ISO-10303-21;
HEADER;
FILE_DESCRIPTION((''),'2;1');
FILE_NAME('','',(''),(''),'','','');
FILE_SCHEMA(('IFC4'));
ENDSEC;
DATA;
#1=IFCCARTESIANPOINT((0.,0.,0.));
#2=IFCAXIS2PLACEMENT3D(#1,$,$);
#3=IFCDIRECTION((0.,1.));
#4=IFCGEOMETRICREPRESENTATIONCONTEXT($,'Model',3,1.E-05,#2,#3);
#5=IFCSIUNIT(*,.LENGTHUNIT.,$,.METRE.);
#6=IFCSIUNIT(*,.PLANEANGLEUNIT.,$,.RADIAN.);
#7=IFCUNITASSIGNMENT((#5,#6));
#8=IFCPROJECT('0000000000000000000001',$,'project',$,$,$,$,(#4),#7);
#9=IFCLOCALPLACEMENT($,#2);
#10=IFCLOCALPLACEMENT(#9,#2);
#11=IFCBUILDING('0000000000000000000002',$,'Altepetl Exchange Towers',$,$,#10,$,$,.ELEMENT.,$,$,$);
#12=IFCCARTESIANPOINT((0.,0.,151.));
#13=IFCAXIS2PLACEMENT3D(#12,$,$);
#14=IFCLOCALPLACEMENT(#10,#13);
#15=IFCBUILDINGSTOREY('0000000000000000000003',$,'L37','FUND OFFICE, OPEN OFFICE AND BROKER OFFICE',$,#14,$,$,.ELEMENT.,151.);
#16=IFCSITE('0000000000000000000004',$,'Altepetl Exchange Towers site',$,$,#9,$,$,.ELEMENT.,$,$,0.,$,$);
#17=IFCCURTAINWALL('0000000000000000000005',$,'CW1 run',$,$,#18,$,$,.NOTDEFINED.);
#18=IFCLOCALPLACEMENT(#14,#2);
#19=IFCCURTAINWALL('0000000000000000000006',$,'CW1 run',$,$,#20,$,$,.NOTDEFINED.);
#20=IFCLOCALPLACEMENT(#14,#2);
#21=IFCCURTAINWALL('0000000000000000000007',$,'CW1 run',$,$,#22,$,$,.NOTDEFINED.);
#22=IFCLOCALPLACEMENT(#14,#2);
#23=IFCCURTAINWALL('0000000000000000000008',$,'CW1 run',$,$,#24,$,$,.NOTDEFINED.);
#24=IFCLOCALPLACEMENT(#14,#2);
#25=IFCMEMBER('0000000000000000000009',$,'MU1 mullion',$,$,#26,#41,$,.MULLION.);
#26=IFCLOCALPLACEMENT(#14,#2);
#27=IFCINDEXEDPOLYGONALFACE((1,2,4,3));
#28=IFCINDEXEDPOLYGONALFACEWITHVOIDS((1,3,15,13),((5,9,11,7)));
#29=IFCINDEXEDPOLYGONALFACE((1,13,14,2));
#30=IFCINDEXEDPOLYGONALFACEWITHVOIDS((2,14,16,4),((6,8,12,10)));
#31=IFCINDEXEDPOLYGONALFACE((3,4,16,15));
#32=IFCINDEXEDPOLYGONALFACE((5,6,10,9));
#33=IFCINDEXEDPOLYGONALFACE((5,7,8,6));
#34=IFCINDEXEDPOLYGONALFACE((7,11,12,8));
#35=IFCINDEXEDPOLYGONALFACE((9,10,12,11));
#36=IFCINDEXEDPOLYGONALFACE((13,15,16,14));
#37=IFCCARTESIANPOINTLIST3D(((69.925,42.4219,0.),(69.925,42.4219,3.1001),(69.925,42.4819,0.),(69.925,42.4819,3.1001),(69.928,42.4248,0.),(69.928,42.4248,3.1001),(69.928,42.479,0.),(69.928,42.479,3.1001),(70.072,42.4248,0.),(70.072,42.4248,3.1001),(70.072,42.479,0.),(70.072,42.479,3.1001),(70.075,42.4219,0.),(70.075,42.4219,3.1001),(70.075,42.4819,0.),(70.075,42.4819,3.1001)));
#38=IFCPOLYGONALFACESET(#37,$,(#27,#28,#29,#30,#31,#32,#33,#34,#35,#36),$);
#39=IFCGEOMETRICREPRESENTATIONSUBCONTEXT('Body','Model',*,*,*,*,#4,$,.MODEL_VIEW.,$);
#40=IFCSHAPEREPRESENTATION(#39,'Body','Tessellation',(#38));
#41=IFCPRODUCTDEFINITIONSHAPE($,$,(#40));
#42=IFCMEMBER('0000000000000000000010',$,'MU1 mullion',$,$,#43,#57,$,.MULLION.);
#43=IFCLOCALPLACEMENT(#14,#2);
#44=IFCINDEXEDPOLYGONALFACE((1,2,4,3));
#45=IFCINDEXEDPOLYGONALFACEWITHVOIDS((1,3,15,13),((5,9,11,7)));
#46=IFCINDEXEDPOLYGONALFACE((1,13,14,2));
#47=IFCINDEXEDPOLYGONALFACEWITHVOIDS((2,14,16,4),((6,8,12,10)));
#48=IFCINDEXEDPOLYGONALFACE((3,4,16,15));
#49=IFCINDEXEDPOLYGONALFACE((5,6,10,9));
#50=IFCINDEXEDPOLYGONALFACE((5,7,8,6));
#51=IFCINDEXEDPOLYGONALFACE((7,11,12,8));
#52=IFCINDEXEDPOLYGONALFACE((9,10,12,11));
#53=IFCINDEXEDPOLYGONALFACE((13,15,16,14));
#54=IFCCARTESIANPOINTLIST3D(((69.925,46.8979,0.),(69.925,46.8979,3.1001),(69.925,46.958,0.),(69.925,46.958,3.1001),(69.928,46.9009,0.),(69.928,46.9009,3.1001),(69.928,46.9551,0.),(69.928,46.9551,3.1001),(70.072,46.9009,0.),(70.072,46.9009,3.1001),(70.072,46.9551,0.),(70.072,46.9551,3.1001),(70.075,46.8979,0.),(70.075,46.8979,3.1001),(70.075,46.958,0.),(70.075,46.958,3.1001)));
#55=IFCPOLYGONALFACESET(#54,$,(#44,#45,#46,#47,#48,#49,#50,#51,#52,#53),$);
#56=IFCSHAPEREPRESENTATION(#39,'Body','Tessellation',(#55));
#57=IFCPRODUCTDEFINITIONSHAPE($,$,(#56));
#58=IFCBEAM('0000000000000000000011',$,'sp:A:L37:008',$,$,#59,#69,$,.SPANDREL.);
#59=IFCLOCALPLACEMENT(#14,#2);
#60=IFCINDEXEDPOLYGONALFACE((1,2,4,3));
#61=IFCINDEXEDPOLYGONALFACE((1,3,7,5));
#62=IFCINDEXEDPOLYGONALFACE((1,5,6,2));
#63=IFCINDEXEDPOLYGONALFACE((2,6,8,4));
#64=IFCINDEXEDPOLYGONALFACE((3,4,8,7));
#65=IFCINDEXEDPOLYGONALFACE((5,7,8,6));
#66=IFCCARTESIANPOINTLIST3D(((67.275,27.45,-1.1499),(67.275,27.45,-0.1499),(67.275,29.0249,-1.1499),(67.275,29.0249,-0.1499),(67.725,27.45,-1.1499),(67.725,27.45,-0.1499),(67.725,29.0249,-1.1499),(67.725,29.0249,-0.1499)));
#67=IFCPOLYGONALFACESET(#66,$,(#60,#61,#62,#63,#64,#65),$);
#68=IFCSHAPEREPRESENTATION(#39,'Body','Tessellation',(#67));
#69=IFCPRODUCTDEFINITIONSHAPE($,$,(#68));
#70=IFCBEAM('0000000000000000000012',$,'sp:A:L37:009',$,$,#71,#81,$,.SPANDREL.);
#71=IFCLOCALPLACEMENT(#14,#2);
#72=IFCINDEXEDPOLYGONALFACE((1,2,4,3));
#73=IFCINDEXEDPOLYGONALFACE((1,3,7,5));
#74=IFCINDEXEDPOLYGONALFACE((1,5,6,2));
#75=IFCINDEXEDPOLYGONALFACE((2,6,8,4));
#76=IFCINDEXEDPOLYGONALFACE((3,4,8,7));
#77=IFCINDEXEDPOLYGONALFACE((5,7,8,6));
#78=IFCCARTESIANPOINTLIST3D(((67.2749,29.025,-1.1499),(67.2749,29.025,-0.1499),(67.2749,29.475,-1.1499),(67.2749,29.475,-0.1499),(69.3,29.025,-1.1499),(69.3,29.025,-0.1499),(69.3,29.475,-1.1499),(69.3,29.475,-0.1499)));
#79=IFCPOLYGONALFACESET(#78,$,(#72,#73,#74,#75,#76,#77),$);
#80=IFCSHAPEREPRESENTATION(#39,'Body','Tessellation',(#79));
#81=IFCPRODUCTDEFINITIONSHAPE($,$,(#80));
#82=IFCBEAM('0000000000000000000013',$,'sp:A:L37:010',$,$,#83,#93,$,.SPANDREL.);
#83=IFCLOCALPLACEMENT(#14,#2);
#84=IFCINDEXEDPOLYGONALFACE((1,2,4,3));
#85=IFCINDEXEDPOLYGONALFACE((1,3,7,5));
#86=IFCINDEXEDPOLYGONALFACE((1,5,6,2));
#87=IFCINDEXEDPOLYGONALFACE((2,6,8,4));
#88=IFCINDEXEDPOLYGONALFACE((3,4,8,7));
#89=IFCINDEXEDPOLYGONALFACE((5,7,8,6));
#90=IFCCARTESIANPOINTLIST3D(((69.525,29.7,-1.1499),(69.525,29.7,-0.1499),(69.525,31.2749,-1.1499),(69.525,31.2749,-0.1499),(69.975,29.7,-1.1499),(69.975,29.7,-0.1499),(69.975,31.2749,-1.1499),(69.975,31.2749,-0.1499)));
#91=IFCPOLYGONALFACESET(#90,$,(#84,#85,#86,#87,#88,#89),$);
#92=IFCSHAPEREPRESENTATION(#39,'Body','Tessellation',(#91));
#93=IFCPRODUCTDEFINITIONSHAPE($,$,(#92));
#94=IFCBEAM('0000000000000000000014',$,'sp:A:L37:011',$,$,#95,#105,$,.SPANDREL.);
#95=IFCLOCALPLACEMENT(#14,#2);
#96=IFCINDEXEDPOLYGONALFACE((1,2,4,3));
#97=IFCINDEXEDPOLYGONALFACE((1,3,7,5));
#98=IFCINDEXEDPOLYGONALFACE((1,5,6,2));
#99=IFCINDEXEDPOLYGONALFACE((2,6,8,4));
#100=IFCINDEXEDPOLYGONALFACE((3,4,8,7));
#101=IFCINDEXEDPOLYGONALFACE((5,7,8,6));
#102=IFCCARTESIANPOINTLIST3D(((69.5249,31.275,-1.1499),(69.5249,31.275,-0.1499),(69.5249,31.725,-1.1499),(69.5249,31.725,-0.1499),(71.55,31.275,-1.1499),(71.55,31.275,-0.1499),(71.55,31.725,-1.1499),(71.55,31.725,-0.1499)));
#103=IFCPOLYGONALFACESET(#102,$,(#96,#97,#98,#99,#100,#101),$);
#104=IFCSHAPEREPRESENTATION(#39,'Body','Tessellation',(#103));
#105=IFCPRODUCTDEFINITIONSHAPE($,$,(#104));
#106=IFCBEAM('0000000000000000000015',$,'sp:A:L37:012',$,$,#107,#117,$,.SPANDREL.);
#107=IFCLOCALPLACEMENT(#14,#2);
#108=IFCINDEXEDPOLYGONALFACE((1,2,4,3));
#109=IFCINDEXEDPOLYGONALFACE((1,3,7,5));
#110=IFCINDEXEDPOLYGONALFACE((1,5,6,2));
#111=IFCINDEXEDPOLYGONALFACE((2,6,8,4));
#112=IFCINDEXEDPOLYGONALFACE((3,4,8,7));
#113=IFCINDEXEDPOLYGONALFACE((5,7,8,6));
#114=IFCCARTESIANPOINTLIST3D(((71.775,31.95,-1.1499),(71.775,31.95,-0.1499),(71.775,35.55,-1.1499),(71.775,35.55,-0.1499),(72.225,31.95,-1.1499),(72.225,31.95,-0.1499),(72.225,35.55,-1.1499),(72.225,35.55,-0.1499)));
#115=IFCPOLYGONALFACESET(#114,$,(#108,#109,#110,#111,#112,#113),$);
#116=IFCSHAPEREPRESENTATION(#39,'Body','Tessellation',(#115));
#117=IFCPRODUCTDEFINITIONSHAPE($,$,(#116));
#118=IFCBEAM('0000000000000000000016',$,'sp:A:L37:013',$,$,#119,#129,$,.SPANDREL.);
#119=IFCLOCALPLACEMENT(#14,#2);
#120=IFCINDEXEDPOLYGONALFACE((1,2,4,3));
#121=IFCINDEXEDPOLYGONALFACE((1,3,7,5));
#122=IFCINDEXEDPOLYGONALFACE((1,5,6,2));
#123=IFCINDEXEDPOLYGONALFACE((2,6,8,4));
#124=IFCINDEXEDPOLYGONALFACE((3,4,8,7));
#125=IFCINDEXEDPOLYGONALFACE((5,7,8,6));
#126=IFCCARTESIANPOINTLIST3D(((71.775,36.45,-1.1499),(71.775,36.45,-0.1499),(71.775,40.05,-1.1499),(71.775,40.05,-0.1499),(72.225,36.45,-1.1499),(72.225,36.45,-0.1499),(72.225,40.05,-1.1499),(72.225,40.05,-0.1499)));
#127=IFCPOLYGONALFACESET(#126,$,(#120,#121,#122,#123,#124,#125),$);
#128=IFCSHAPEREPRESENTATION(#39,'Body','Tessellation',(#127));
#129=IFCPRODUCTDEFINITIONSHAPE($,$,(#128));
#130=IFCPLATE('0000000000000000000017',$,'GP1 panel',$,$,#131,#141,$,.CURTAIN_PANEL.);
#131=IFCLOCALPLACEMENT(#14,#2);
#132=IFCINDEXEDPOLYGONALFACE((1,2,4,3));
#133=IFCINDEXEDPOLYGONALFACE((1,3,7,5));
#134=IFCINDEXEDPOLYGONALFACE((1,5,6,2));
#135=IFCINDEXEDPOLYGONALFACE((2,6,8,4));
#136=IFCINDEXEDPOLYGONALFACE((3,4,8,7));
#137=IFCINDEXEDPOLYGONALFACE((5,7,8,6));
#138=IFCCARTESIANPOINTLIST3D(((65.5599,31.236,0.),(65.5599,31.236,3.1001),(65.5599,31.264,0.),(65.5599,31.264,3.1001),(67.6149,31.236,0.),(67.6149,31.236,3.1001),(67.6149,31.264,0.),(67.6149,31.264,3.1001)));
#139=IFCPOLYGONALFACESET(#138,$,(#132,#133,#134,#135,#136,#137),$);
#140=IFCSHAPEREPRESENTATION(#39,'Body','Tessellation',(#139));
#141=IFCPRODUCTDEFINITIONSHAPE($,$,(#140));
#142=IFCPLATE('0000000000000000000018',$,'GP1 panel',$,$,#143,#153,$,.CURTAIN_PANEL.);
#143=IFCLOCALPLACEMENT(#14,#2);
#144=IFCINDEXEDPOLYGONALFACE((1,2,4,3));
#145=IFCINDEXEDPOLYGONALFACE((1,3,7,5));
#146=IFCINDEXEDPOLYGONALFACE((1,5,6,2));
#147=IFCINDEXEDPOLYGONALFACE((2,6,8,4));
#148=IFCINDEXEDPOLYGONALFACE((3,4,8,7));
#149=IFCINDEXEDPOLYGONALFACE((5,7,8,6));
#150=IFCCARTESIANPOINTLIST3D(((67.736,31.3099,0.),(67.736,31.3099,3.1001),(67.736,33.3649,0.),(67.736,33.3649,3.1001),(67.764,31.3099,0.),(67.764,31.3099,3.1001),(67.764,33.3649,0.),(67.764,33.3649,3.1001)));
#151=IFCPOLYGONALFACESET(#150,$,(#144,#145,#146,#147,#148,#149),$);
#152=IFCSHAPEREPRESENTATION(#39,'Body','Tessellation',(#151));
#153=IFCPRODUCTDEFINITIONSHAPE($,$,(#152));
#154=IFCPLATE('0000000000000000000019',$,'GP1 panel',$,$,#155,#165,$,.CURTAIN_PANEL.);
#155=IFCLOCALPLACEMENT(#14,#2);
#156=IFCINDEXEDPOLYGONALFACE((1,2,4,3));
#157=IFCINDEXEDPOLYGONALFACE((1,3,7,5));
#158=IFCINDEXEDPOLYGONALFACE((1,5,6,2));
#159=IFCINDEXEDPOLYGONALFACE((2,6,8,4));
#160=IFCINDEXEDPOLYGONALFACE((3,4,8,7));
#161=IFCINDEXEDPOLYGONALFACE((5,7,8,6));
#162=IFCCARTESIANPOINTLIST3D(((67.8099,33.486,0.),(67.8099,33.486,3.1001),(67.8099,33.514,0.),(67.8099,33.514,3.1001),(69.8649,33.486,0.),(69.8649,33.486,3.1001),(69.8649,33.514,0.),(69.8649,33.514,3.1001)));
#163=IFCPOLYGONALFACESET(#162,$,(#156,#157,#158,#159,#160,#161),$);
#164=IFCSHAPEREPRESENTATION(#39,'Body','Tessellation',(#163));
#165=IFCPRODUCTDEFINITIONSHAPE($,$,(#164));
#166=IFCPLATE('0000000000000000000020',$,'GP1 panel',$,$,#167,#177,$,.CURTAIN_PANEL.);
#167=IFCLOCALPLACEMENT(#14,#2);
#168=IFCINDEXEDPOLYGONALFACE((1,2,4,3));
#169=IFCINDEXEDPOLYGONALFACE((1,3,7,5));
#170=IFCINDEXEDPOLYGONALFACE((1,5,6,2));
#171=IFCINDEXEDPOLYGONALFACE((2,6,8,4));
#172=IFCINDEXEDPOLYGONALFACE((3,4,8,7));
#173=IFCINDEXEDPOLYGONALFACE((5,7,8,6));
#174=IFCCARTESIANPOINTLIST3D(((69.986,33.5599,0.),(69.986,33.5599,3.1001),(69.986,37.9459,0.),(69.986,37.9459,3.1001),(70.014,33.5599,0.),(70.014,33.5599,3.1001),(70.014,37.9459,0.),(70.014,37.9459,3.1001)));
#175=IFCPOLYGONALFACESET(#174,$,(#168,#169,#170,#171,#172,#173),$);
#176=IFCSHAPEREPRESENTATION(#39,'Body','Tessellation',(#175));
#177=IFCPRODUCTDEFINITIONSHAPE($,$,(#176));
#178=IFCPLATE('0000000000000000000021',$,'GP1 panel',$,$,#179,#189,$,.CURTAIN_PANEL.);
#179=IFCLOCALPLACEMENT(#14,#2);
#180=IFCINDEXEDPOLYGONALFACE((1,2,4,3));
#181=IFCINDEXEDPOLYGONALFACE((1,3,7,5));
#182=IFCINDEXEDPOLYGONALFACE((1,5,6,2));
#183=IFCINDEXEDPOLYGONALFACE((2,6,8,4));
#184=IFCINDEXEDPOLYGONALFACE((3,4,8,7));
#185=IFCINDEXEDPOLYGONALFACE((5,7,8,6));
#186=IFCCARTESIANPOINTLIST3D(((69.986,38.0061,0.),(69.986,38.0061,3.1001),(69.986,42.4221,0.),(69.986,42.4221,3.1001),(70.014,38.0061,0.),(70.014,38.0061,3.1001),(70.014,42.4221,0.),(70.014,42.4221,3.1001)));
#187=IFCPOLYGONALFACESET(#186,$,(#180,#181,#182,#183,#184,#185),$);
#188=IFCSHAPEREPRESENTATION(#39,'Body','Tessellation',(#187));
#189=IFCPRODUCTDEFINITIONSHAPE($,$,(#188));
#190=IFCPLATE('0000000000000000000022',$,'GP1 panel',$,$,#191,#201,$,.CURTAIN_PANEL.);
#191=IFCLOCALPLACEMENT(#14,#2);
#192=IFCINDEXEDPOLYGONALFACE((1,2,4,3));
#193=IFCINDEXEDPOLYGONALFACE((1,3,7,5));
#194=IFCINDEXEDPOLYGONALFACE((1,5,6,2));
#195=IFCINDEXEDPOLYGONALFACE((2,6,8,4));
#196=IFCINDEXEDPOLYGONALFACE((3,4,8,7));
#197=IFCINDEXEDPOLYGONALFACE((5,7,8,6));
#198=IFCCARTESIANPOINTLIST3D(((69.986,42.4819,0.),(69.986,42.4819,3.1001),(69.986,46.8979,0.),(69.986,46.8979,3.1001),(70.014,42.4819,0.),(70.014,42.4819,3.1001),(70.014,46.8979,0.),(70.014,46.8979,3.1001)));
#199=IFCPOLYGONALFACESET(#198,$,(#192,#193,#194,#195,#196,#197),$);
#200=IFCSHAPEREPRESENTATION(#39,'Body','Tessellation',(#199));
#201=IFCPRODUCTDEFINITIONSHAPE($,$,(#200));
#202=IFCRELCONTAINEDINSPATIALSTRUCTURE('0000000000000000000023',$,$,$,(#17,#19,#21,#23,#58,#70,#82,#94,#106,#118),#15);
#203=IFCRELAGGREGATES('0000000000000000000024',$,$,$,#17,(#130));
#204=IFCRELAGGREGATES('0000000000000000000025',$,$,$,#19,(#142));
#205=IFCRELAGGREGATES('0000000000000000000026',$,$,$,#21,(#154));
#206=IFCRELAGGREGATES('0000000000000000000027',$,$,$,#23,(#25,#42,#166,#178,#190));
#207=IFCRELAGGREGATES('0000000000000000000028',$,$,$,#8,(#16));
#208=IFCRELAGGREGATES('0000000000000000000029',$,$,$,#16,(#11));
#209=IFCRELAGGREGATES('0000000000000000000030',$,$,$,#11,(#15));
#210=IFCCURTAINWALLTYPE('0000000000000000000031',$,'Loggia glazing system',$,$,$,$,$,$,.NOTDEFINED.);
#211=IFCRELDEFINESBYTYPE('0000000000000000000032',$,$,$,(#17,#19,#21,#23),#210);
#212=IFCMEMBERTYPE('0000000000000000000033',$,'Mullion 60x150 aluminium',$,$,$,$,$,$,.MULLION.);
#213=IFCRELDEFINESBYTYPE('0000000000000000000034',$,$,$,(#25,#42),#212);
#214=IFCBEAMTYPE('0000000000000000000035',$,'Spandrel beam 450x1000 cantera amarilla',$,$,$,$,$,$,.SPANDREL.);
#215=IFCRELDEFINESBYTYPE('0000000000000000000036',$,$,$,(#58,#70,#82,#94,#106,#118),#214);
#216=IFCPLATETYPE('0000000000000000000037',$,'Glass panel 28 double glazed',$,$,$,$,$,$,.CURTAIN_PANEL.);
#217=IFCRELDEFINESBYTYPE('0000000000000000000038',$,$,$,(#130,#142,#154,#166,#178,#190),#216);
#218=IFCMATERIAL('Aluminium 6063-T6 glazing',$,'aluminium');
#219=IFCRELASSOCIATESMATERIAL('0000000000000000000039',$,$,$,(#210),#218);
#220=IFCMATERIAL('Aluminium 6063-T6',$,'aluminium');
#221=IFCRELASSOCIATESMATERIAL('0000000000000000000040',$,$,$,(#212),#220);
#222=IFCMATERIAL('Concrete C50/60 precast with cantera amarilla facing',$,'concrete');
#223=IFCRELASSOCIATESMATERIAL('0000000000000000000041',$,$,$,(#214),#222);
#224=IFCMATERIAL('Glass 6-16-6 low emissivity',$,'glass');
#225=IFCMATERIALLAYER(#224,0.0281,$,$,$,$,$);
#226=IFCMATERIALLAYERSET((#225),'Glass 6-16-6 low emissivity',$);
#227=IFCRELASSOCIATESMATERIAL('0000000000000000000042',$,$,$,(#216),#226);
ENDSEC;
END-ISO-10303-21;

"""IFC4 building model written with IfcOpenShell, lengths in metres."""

from ifc_helpers import new_model, si_unit, direction, frame, origin, origin_2d, place, context, subcontext, project, spatial, rectangle, hollow_rectangle, extrude, material, layer, layer_set, material_profile, profile_set, type_object, element, aggregate, save


model = new_model("IFC4")

# Units and contexts
model_context = context("Model", 3, precision=1e-05, world=origin(), true_north=direction((0.0, 1.0)))
body_context = subcontext(model_context, "Body", "Model", "MODEL_VIEW")
ifc_project = project(units=[si_unit("LENGTHUNIT", "METRE"), si_unit("PLANEANGLEUNIT", "RADIAN")], contexts=[model_context])

# Site, building, storey
site_placement = place(None, origin())
site = spatial("IfcSite", under=ifc_project, at=site_placement, Name="Altepetl Exchange Towers site", CompositionType="ELEMENT", RefElevation=0.0)
building_placement = place(site_placement, origin())
building = spatial("IfcBuilding", under=site, at=building_placement, Name="Altepetl Exchange Towers", CompositionType="ELEMENT")
storey_placement = place(building_placement, frame((0.0, 0.0, 151.0)))
storey = spatial("IfcBuildingStorey", under=building, at=storey_placement, Name="L37", Description="FUND OFFICE, OPEN OFFICE AND BROKER OFFICE", CompositionType="ELEMENT", Elevation=151.0)

# Curtain walls, members
ifc_material_1 = material(Name="Aluminium 6063-T6 glazing", Category="aluminium")
curtain_wall_type = type_object("IfcCurtainWallType", Name="Loggia glazing system", PredefinedType="NOTDEFINED", material=ifc_material_1)
curtain_wall_1_placement = place(storey_placement, origin())
curtain_wall_1 = element("IfcCurtainWall", 1, at=curtain_wall_1_placement, inside=storey, type_object=curtain_wall_type, Name="CW1 run", PredefinedType="NOTDEFINED")
ifc_material_2 = material(Name="Aluminium 6063-T6", Category="aluminium")
ifc_material_profile_1 = material_profile(ifc_material_2, hollow_rectangle(XDim=0.0601, YDim=0.1499, WallThickness=0.0029, at=origin_2d()), Name="Mullion 60x150 aluminium")
ifc_profile_set_1 = profile_set([ifc_material_profile_1], Name="Aluminium 6063-T6")
member_type = type_object("IfcMemberType", Name="Mullion 60x150 aluminium", PredefinedType="MULLION", material=ifc_profile_set_1)
curtain_wall_2_placement = place(storey_placement, origin())
curtain_wall_2 = element("IfcCurtainWall", 2, at=curtain_wall_2_placement, inside=storey, type_object=curtain_wall_type, Name="CW1 run", PredefinedType="NOTDEFINED")
curtain_wall_3_placement = place(storey_placement, origin())
curtain_wall_3 = element("IfcCurtainWall", 3, at=curtain_wall_3_placement, inside=storey, type_object=curtain_wall_type, Name="CW1 run", PredefinedType="NOTDEFINED")
curtain_wall_4_placement = place(storey_placement, origin())
curtain_wall_4 = element("IfcCurtainWall", 4, at=curtain_wall_4_placement, inside=storey, type_object=curtain_wall_type, Name="CW1 run", PredefinedType="NOTDEFINED")
member_1_placement = place(storey_placement, frame((70.0, 42.4519, 0.0), z_axis=(0.0, 0.0, 1.0), x_axis=(0.0, 1.0, 0.0)))
member_1 = element("IfcMember", 5, at=member_1_placement, type_object=member_type, Name="MU1 mullion", PredefinedType="MULLION", context=body_context, shape_type="SweptSolid", body=[
    extrude(hollow_rectangle(XDim=0.0601, YDim=0.1499, WallThickness=0.0029, at=origin_2d()), origin(), (0.0, 0.0, 1.0), 3.1001),
])
member_2_placement = place(storey_placement, frame((70.0, 46.928, 0.0), z_axis=(0.0, 0.0, 1.0), x_axis=(0.0, 1.0, 0.0)))
member_2 = element("IfcMember", 6, at=member_2_placement, type_object=member_type, Name="MU1 mullion", PredefinedType="MULLION", context=body_context, shape_type="SweptSolid", body=[
    extrude(hollow_rectangle(XDim=0.0601, YDim=0.1499, WallThickness=0.0029, at=origin_2d()), origin(), (0.0, 0.0, 1.0), 3.1001),
])

# Beams
ifc_material_3 = material(Name="Concrete C50/60 precast with cantera amarilla facing", Category="concrete")
ifc_material_profile_2 = material_profile(ifc_material_3, rectangle(XDim=0.45, YDim=1.0, at=origin_2d()), Name="450 x 1000")
ifc_profile_set_2 = profile_set([ifc_material_profile_2], Name="Concrete C50/60 precast with cantera amarilla facing")
beam_type = type_object("IfcBeamType", Name="Spandrel beam 450x1000 cantera amarilla", PredefinedType="SPANDREL", material=ifc_profile_set_2)
beam_1_placement = place(storey_placement, frame((67.5, 27.45, -0.6499), z_axis=(0.0, 1.0, 0.0), x_axis=(-1.0, 0.0, 0.0)))
element("IfcBeam", 7, at=beam_1_placement, inside=storey, type_object=beam_type, Name="sp:A:L37:008", PredefinedType="SPANDREL", context=body_context, shape_type="SweptSolid", body=[
    extrude(rectangle(XDim=0.45, YDim=1.0, at=origin_2d()), origin(), (0.0, 0.0, 1.0), 1.575),
])
beam_2_placement = place(storey_placement, frame((67.2749, 29.25, -0.6499), z_axis=(1.0, 0.0, 0.0), x_axis=(0.0, 1.0, 0.0)))
element("IfcBeam", 8, at=beam_2_placement, inside=storey, type_object=beam_type, Name="sp:A:L37:009", PredefinedType="SPANDREL", context=body_context, shape_type="SweptSolid", body=[
    extrude(rectangle(XDim=0.45, YDim=1.0, at=origin_2d()), origin(), (0.0, 0.0, 1.0), 2.0251),
])
beam_3_placement = place(storey_placement, frame((69.75, 29.7, -0.6499), z_axis=(0.0, 1.0, 0.0), x_axis=(-1.0, 0.0, 0.0)))
element("IfcBeam", 9, at=beam_3_placement, inside=storey, type_object=beam_type, Name="sp:A:L37:010", PredefinedType="SPANDREL", context=body_context, shape_type="SweptSolid", body=[
    extrude(rectangle(XDim=0.45, YDim=1.0, at=origin_2d()), origin(), (0.0, 0.0, 1.0), 1.575),
])
beam_4_placement = place(storey_placement, frame((69.5249, 31.5, -0.6499), z_axis=(1.0, 0.0, 0.0), x_axis=(0.0, 1.0, 0.0)))
element("IfcBeam", 10, at=beam_4_placement, inside=storey, type_object=beam_type, Name="sp:A:L37:011", PredefinedType="SPANDREL", context=body_context, shape_type="SweptSolid", body=[
    extrude(rectangle(XDim=0.45, YDim=1.0, at=origin_2d()), origin(), (0.0, 0.0, 1.0), 2.0251),
])
for number, where, z_axis, x_axis, name in (
    (11, (72.0, 31.95, -0.6499), (0.0, 1.0, 0.0), (-1.0, 0.0, 0.0), "sp:A:L37:012"),
    (12, (72.0, 36.45, -0.6499), (0.0, 1.0, 0.0), (-1.0, 0.0, 0.0), "sp:A:L37:013"),
):
    element("IfcBeam", number, at=place(storey_placement, frame(where, z_axis=z_axis, x_axis=x_axis)), inside=storey, type_object=beam_type, Name=name, PredefinedType="SPANDREL", context=body_context, shape_type="SweptSolid", body=[
        extrude(rectangle(XDim=0.45, YDim=1.0, at=origin_2d()), origin(), (0.0, 0.0, 1.0), 3.6001),
    ])

# Plates
ifc_material_4 = material(Name="Glass 6-16-6 low emissivity", Category="glass")
ifc_layer = layer(ifc_material_4, 0.0281)
ifc_layer_set = layer_set([ifc_layer], Name="Glass 6-16-6 low emissivity")
plate_type = type_object("IfcPlateType", Name="Glass panel 28 double glazed", PredefinedType="CURTAIN_PANEL", material=ifc_layer_set)
plate_1_placement = place(storey_placement, frame((66.5874, 31.25, 0.0)))
plate_1 = element("IfcPlate", 13, at=plate_1_placement, type_object=plate_type, Name="GP1 panel", PredefinedType="CURTAIN_PANEL", context=body_context, shape_type="SweptSolid", body=[
    extrude(rectangle(XDim=2.0549, YDim=0.0281, at=origin_2d()), origin(), (0.0, 0.0, 1.0), 3.1001),
])
aggregate(curtain_wall_1, [plate_1])
plate_2_placement = place(storey_placement, frame((67.75, 32.3374, 0.0), z_axis=(0.0, 0.0, 1.0), x_axis=(0.0, 1.0, 0.0)))
plate_2 = element("IfcPlate", 14, at=plate_2_placement, type_object=plate_type, Name="GP1 panel", PredefinedType="CURTAIN_PANEL", context=body_context, shape_type="SweptSolid", body=[
    extrude(rectangle(XDim=2.0549, YDim=0.0281, at=origin_2d()), origin(), (0.0, 0.0, 1.0), 3.1001),
])
aggregate(curtain_wall_2, [plate_2])
plate_3_placement = place(storey_placement, frame((68.8374, 33.5, 0.0)))
plate_3 = element("IfcPlate", 15, at=plate_3_placement, type_object=plate_type, Name="GP1 panel", PredefinedType="CURTAIN_PANEL", context=body_context, shape_type="SweptSolid", body=[
    extrude(rectangle(XDim=2.0549, YDim=0.0281, at=origin_2d()), origin(), (0.0, 0.0, 1.0), 3.1001),
])
aggregate(curtain_wall_3, [plate_3])
plate_4_placement = place(storey_placement, frame((70.0, 35.7529, 0.0), z_axis=(0.0, 0.0, 1.0), x_axis=(0.0, 1.0, 0.0)))
plate_4 = element("IfcPlate", 16, at=plate_4_placement, type_object=plate_type, Name="GP1 panel", PredefinedType="CURTAIN_PANEL", context=body_context, shape_type="SweptSolid", body=[
    extrude(rectangle(XDim=4.386, YDim=0.0281, at=origin_2d()), origin(), (0.0, 0.0, 1.0), 3.1001),
])
plate_5_placement = place(storey_placement, frame((70.0, 40.2141, 0.0), z_axis=(0.0, 0.0, 1.0), x_axis=(0.0, 1.0, 0.0)))
plate_5 = element("IfcPlate", 17, at=plate_5_placement, type_object=plate_type, Name="GP1 panel", PredefinedType="CURTAIN_PANEL", context=body_context, shape_type="SweptSolid", body=[
    extrude(rectangle(XDim=4.416, YDim=0.0281, at=origin_2d()), origin(), (0.0, 0.0, 1.0), 3.1001),
])
plate_6_placement = place(storey_placement, frame((70.0, 44.6899, 0.0), z_axis=(0.0, 0.0, 1.0), x_axis=(0.0, 1.0, 0.0)))
plate_6 = element("IfcPlate", 18, at=plate_6_placement, type_object=plate_type, Name="GP1 panel", PredefinedType="CURTAIN_PANEL", context=body_context, shape_type="SweptSolid", body=[
    extrude(rectangle(XDim=4.416, YDim=0.0281, at=origin_2d()), origin(), (0.0, 0.0, 1.0), 3.1001),
])
aggregate(curtain_wall_4, [member_1, member_2, plate_4, plate_5, plate_6])

save(model, "model.ifc")
